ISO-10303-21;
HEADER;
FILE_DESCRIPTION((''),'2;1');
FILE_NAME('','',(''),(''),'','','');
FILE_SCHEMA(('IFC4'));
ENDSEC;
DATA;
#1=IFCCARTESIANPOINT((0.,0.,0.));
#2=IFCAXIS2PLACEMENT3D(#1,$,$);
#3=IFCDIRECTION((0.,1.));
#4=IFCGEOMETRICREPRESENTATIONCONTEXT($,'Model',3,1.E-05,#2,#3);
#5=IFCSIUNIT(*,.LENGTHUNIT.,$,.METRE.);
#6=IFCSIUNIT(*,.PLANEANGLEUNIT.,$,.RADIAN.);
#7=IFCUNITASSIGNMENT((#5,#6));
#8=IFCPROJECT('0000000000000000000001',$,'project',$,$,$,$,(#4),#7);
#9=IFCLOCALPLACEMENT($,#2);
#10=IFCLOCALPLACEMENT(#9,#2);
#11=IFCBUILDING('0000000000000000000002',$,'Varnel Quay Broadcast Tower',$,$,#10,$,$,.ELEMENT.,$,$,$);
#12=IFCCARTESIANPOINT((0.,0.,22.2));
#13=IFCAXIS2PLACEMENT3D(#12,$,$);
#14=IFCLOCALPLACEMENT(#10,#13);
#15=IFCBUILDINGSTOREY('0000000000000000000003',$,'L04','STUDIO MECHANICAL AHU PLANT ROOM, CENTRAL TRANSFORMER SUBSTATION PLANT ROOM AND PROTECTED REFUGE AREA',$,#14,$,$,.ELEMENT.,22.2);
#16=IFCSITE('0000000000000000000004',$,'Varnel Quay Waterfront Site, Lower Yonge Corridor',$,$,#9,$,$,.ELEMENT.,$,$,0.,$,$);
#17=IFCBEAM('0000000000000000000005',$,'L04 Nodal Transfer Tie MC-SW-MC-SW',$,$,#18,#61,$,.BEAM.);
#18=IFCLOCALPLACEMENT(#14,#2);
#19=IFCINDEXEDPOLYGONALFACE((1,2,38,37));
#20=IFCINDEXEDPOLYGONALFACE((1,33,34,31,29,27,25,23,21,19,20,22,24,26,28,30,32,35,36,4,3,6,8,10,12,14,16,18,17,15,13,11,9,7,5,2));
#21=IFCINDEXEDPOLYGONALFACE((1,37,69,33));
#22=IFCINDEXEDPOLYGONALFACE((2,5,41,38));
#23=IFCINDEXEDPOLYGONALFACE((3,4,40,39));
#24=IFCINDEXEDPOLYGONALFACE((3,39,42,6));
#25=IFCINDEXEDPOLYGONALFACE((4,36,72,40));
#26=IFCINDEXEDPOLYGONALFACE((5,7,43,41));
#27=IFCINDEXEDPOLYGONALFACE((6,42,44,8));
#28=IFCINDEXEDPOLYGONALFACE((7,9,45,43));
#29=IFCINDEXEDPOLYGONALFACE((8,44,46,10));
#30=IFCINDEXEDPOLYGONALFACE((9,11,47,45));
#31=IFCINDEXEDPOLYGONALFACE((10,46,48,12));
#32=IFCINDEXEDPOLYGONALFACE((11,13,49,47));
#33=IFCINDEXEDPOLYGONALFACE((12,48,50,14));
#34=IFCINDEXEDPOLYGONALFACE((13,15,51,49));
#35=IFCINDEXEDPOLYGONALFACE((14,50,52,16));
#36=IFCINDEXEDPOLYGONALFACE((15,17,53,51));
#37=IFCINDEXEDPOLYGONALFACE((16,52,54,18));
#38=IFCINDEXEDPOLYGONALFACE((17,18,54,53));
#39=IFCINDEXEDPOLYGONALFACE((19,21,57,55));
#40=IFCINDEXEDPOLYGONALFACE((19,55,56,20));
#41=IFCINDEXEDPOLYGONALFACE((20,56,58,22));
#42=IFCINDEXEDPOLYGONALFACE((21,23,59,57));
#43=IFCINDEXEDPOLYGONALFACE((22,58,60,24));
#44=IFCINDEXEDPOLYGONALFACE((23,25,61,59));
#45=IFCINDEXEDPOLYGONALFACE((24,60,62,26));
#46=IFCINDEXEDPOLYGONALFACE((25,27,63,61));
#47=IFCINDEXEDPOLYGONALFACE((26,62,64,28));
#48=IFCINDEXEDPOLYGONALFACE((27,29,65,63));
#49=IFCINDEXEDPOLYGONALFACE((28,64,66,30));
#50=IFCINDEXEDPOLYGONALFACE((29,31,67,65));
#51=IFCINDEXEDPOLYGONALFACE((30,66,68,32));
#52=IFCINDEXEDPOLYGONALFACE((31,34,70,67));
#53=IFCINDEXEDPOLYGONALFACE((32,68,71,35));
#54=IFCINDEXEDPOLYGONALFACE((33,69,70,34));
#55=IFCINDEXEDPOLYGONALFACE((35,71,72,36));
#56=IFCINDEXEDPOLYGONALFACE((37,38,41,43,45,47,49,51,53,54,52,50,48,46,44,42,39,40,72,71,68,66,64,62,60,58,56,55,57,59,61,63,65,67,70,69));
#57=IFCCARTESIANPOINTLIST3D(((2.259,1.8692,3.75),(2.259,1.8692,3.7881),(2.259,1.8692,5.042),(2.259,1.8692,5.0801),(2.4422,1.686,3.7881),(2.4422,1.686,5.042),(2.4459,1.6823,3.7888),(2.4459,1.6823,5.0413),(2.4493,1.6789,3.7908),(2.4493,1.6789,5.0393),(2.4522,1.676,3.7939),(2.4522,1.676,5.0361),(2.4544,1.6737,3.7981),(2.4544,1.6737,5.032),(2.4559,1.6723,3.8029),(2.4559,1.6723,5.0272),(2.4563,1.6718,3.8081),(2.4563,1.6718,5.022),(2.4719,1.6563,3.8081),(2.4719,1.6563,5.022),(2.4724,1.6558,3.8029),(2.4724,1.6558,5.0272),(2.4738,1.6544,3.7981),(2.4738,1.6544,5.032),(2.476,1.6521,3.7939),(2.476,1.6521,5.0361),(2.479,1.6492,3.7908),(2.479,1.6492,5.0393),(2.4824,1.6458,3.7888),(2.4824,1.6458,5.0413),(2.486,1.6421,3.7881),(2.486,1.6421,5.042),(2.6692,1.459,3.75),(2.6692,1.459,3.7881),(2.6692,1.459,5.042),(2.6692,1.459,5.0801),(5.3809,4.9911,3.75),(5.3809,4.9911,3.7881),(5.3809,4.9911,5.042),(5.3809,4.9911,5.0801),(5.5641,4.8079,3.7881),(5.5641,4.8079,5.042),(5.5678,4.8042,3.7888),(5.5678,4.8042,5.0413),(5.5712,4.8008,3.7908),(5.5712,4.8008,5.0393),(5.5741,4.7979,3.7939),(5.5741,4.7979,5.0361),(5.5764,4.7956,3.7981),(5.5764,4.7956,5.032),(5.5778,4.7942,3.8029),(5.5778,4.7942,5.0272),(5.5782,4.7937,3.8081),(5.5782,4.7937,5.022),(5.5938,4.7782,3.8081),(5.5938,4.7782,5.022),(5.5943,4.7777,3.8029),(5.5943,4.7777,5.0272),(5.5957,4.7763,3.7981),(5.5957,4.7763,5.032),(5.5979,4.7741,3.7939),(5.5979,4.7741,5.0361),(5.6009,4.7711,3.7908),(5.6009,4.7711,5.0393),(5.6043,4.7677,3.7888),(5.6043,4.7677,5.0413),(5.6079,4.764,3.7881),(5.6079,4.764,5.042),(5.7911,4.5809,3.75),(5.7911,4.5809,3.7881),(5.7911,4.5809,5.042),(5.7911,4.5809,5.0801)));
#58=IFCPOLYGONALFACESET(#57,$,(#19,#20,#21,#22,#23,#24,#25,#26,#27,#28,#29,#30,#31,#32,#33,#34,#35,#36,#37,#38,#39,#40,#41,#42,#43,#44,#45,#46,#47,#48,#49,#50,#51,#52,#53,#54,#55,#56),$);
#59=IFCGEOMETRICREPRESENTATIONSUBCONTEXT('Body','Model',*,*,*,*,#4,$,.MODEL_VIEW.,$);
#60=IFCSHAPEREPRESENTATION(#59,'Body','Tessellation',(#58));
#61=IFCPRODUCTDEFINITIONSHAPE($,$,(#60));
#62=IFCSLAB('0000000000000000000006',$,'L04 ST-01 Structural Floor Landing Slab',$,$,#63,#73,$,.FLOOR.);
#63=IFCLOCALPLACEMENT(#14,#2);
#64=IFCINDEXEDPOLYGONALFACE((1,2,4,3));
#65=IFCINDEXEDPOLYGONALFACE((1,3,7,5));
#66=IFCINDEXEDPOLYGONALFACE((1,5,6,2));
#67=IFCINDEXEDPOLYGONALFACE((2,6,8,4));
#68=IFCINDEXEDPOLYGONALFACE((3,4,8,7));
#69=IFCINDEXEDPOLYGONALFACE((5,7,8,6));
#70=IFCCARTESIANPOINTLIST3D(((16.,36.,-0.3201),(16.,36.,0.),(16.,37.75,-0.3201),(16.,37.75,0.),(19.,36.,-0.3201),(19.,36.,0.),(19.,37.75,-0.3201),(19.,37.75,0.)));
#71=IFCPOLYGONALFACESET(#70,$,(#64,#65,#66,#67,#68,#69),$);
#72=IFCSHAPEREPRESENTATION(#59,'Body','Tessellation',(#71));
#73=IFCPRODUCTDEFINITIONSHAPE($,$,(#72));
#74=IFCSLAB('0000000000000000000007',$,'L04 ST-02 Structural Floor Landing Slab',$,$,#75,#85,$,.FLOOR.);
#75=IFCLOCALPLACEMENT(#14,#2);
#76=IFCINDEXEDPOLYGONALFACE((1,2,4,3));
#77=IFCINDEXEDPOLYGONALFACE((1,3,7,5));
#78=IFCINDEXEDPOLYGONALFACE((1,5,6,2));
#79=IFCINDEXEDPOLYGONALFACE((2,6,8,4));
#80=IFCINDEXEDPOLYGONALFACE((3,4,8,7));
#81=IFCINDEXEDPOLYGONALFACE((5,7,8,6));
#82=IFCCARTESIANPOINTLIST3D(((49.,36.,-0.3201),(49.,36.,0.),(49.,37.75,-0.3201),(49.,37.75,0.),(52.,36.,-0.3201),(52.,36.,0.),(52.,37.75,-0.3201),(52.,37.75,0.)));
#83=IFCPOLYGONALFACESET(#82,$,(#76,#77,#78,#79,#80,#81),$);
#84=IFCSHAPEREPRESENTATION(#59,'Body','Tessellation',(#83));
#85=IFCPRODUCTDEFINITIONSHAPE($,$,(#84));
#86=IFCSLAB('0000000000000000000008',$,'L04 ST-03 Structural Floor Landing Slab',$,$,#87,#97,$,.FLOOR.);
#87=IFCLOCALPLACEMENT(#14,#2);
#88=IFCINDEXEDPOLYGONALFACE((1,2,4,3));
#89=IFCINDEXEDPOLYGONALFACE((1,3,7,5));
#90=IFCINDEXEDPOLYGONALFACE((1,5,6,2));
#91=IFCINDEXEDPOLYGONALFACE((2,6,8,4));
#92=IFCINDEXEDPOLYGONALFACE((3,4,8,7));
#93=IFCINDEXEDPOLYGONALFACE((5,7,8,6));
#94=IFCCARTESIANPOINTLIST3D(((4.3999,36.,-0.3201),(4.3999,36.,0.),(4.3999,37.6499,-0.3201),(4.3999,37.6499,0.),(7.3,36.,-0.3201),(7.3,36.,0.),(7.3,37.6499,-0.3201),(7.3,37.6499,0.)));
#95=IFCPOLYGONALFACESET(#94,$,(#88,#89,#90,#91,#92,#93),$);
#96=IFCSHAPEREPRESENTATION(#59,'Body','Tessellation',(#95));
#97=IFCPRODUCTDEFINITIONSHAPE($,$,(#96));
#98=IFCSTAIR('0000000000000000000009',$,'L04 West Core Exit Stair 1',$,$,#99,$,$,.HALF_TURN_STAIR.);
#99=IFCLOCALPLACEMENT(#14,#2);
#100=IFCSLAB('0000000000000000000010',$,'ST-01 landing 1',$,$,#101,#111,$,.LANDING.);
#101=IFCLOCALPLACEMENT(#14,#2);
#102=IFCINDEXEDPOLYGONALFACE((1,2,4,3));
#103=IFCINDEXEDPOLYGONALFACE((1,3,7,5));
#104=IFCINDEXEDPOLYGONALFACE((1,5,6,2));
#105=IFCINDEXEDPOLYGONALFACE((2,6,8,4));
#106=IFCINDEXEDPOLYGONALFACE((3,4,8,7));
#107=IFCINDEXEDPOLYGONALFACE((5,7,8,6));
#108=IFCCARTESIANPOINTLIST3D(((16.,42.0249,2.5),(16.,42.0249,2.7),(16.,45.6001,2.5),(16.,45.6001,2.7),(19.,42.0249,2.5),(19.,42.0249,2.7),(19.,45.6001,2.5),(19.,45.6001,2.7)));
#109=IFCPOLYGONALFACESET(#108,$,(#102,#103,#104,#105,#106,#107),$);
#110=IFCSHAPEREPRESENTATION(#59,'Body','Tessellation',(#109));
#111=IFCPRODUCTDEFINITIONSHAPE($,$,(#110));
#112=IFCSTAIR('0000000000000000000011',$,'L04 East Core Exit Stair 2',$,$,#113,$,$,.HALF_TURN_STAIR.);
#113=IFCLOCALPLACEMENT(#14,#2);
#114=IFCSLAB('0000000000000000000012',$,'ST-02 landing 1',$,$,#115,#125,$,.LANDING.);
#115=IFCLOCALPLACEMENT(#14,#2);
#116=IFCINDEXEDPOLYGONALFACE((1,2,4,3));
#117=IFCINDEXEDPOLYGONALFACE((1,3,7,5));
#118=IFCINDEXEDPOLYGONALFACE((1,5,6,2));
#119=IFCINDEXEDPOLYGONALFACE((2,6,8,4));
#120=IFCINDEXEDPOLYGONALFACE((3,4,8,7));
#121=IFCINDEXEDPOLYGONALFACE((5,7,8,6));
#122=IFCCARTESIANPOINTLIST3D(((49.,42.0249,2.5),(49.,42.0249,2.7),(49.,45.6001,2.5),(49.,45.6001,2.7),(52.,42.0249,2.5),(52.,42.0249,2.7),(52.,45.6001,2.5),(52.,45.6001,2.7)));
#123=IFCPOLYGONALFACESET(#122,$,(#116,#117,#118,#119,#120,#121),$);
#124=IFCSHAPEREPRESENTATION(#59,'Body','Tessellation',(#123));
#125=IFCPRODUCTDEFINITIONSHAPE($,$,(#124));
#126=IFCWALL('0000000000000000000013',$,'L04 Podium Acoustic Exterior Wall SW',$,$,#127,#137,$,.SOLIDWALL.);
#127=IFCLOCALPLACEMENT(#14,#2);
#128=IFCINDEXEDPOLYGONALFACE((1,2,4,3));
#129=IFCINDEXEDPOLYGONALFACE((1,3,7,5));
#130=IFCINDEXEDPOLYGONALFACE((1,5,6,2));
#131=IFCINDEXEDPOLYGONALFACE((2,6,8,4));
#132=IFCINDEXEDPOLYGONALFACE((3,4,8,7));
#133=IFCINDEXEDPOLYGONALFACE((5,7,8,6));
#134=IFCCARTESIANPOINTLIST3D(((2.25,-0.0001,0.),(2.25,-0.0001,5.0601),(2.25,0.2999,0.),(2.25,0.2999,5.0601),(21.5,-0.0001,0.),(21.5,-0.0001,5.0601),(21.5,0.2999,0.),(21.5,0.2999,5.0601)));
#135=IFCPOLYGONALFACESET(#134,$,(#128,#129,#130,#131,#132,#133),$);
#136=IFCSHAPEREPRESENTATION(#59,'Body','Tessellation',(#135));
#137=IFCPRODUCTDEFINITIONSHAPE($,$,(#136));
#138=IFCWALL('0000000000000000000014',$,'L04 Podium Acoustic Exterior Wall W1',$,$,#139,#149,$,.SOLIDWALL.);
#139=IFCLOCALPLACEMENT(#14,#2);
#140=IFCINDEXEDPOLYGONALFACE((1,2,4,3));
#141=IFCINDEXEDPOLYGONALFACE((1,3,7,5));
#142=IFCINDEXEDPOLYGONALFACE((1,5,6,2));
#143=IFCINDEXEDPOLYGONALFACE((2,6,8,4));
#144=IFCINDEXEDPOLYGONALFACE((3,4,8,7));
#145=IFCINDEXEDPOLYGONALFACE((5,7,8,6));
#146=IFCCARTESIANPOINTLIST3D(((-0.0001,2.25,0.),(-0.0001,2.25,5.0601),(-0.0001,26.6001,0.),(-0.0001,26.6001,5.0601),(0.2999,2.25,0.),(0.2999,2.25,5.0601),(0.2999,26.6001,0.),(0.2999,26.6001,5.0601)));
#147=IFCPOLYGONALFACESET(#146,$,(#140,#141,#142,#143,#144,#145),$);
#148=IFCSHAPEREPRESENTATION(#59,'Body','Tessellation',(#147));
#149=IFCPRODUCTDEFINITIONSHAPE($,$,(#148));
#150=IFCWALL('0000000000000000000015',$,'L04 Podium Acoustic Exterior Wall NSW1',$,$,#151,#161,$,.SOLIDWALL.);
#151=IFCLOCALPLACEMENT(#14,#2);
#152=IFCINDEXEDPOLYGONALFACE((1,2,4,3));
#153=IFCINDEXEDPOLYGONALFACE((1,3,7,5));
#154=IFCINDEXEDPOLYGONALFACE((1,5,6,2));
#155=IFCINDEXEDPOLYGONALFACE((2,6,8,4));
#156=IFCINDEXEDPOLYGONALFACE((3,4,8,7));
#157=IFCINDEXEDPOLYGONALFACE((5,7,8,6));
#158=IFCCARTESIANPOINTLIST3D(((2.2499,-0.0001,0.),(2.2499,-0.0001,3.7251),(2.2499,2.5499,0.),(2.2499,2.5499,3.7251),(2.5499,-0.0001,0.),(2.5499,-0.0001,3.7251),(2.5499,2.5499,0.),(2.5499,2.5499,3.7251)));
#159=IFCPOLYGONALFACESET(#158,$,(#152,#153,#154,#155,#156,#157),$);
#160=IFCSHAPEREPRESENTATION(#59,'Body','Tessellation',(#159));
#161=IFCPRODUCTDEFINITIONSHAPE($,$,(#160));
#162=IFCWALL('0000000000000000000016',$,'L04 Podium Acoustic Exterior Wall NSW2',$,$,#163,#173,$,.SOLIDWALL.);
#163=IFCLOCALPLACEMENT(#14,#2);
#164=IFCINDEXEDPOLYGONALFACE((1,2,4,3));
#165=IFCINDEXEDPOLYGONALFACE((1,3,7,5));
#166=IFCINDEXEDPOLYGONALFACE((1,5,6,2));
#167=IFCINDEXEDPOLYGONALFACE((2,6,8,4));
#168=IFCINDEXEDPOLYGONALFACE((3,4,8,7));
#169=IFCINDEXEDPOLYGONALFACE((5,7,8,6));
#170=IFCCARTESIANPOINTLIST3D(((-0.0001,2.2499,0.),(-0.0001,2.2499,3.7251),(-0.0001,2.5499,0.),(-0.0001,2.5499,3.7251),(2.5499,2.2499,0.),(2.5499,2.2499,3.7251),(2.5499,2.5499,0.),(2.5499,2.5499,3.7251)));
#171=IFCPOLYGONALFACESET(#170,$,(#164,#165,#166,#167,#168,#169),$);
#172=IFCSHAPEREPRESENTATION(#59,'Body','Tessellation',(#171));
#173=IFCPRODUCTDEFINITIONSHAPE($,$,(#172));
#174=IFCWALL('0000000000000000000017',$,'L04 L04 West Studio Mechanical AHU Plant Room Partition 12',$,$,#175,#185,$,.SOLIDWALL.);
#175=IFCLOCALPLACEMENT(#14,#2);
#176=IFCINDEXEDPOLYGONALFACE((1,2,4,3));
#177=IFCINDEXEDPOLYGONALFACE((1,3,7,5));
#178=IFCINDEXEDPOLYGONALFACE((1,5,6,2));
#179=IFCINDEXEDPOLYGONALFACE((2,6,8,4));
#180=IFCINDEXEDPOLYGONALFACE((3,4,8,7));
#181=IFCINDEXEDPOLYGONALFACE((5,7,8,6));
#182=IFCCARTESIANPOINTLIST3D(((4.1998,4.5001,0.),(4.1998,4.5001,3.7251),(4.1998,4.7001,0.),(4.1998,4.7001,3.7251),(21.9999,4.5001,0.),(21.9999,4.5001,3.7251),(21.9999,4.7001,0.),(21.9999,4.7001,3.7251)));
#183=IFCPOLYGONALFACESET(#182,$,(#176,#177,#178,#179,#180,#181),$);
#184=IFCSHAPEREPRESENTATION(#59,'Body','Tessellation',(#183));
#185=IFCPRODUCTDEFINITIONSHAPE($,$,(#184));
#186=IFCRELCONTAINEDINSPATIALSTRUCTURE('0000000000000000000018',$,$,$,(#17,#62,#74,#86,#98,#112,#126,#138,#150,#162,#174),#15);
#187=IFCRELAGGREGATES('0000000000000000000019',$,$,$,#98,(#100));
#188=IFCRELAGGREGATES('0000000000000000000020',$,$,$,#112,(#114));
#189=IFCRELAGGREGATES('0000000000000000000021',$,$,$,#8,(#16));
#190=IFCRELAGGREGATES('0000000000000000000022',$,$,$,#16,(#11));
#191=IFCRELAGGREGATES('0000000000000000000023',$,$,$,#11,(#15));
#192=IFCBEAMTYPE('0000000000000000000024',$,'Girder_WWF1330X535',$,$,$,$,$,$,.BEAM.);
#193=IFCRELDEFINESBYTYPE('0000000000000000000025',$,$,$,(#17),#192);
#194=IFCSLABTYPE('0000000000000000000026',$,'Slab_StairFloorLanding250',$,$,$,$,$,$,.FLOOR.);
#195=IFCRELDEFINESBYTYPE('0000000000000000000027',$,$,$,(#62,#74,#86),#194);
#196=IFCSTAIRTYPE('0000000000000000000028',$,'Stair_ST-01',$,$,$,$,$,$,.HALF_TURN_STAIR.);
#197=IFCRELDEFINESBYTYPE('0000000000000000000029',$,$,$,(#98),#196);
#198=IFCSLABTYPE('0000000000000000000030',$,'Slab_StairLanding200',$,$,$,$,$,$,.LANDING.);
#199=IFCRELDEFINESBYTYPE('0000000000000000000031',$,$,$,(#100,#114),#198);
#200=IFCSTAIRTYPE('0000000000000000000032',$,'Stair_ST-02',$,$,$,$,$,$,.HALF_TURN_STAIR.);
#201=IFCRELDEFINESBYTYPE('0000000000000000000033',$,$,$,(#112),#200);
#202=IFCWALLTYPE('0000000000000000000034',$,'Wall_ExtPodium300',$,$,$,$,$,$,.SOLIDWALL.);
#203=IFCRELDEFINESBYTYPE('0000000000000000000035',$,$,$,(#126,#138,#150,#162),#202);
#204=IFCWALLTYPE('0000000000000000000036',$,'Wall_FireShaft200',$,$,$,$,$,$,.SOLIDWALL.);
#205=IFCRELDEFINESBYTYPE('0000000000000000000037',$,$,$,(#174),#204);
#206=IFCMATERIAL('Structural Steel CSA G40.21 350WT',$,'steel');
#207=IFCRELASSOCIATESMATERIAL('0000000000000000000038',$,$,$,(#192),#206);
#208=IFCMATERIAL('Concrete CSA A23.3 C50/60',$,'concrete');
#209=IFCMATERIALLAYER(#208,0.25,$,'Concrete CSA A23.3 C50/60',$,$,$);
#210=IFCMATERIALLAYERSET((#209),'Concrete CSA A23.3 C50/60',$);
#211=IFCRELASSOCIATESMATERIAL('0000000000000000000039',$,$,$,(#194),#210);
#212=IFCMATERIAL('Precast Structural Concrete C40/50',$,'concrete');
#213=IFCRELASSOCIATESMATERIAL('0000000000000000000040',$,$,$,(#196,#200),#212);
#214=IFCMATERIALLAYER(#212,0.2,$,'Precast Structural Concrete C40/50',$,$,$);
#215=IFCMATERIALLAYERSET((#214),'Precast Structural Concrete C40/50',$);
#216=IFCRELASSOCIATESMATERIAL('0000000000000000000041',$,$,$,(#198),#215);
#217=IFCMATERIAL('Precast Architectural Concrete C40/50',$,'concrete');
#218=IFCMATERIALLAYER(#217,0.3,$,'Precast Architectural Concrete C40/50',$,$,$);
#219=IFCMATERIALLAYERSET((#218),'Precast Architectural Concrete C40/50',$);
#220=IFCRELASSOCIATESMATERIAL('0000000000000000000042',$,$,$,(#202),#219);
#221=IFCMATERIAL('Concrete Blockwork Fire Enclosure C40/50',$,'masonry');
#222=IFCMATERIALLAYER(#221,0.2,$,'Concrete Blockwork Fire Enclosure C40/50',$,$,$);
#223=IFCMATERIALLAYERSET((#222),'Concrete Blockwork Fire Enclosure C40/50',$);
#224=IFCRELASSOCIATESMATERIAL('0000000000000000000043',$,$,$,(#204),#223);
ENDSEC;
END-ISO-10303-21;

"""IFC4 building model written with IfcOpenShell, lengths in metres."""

from ifc_helpers import new_model, si_unit, direction, frame, frame_2d, origin, origin_2d, place, context, subcontext, project, spatial, polyline, rectangle, i_section, outline, extrude, source, transform, mapped, material, layer, layer_set, material_profile, profile_set, type_object, element, aggregate, save


model = new_model("IFC4")

# Units and contexts
model_context = context("Model", 3, precision=1e-05, world=origin(), true_north=direction((0.0, 1.0)))
body_context = subcontext(model_context, "Body", "Model", "MODEL_VIEW")
ifc_project = project(units=[si_unit("LENGTHUNIT", "METRE"), si_unit("PLANEANGLEUNIT", "RADIAN")], contexts=[model_context])

# Site, building, storey
site_placement = place(None, origin())
site = spatial("IfcSite", under=ifc_project, at=site_placement, Name="Varnel Quay Waterfront Site, Lower Yonge Corridor", CompositionType="ELEMENT", RefElevation=0.0)
building_placement = place(site_placement, origin())
building = spatial("IfcBuilding", under=site, at=building_placement, Name="Varnel Quay Broadcast Tower", CompositionType="ELEMENT")
storey_placement = place(building_placement, frame((0.0, 0.0, 22.2)))
storey = spatial("IfcBuildingStorey", under=building, at=storey_placement, Name="L04", Description="STUDIO MECHANICAL AHU PLANT ROOM, CENTRAL TRANSFORMER SUBSTATION PLANT ROOM AND PROTECTED REFUGE AREA", CompositionType="ELEMENT", Elevation=22.2)

# Shared definitions
ifc_material_1 = material(Name="Structural Steel CSA G40.21 350WT", Category="steel")

# Beam
ifc_material_profile_1 = material_profile(ifc_material_1, i_section(OverallWidth=0.5801, OverallDepth=1.3301, WebThickness=0.022, FlangeThickness=0.0381, FilletRadius=0.02, at=origin_2d()), Name="WWF1330X535")
ifc_profile_set_1 = profile_set([ifc_material_profile_1], Name="Structural Steel CSA G40.21 350WT")
beam_type = type_object("IfcBeamType", Name="Girder_WWF1330X535", PredefinedType="BEAM", material=ifc_profile_set_1)
shared_shape_1 = source(origin(), body_context, "Body", "SweptSolid", [
    extrude(i_section(OverallWidth=0.5801, OverallDepth=1.3301, WebThickness=0.022, FlangeThickness=0.0381, FilletRadius=0.02, at=origin_2d()), origin(), (0.0, 0.0, 1.0), 4.415),
])
beam_1_placement = place(storey_placement, frame((2.4641, 1.6641, 4.415), z_axis=(0.707107, 0.707107, 0.0), x_axis=(-0.707107, 0.707107, 0.0)))
element("IfcBeam", 1, at=beam_1_placement, inside=storey, type_object=beam_type, Name="L04 Nodal Transfer Tie MC-SW-MC-SW", PredefinedType="BEAM", context=body_context, shape_type="MappedRepresentation", body=[
    mapped(shared_shape_1, transform((0.0, 0.0, 0.0), x_axis=(1.0, 0.0, 0.0), y_axis=(0.0, 1.0, 0.0), z_axis=(0.0, 0.0, 1.0), scale=1.0)),
])

# Shared definitions
ifc_material_2 = material(Name="Concrete CSA A23.3 C50/60", Category="concrete")

# Slabs
ifc_layer_1 = layer(ifc_material_2, 0.25, Name="Concrete CSA A23.3 C50/60")
ifc_layer_set_1 = layer_set([ifc_layer_1], Name="Concrete CSA A23.3 C50/60")
slab_type_1 = type_object("IfcSlabType", Name="Slab_StairFloorLanding250", PredefinedType="FLOOR", material=ifc_layer_set_1)
slab_1_placement = place(storey_placement, frame((0.0, 0.0, -0.3201)))
element("IfcSlab", 2, at=slab_1_placement, inside=storey, type_object=slab_type_1, Name="L04 ST-01 Structural Floor Landing Slab", PredefinedType="FLOOR", context=body_context, shape_type="SweptSolid", body=[
    extrude(outline(polyline([(19.0, 36.0), (19.0, 37.75), (16.0, 37.75), (16.0, 36.0), (19.0, 36.0)])), origin(), (0.0, 0.0, 1.0), 0.3201),
])
slab_2_placement = place(storey_placement, frame((0.0, 0.0, -0.3201)))
element("IfcSlab", 3, at=slab_2_placement, inside=storey, type_object=slab_type_1, Name="L04 ST-02 Structural Floor Landing Slab", PredefinedType="FLOOR", context=body_context, shape_type="SweptSolid", body=[
    extrude(outline(polyline([(52.0, 36.0), (52.0, 37.75), (49.0, 37.75), (49.0, 36.0), (52.0, 36.0)])), origin(), (0.0, 0.0, 1.0), 0.3201),
])
slab_3_placement = place(storey_placement, frame((0.0, 0.0, -0.3201)))
element("IfcSlab", 4, at=slab_3_placement, inside=storey, type_object=slab_type_1, Name="L04 ST-03 Structural Floor Landing Slab", PredefinedType="FLOOR", context=body_context, shape_type="SweptSolid", body=[
    extrude(outline(polyline([(7.3, 36.0), (7.3, 37.6499), (4.3999, 37.6499), (4.3999, 36.0), (7.3, 36.0)])), origin(), (0.0, 0.0, 1.0), 0.3201),
])

# Stairs, slabs
ifc_material_3 = material(Name="Precast Structural Concrete C40/50", Category="concrete")
stair_type_1 = type_object("IfcStairType", Name="Stair_ST-01", PredefinedType="HALF_TURN_STAIR", material=ifc_material_3)
stair_1_placement = place(storey_placement, origin())
stair_1 = element("IfcStair", 5, at=stair_1_placement, inside=storey, type_object=stair_type_1, Name="L04 West Core Exit Stair 1", PredefinedType="HALF_TURN_STAIR")
ifc_layer_2 = layer(ifc_material_3, 0.2, Name="Precast Structural Concrete C40/50")
ifc_layer_set_2 = layer_set([ifc_layer_2], Name="Precast Structural Concrete C40/50")
slab_type_2 = type_object("IfcSlabType", Name="Slab_StairLanding200", PredefinedType="LANDING", material=ifc_layer_set_2)
slab_4_placement = place(storey_placement, frame((0.0, 0.0, 2.5)))
slab_4 = element("IfcSlab", 6, at=slab_4_placement, type_object=slab_type_2, Name="ST-01 landing 1", PredefinedType="LANDING", context=body_context, shape_type="SweptSolid", body=[
    extrude(outline(polyline([(19.0, 42.0249), (19.0, 45.6001), (16.0, 45.6001), (16.0, 42.0249), (19.0, 42.0249)])), origin(), (0.0, 0.0, 1.0), 0.2),
])
aggregate(stair_1, [slab_4])
stair_type_2 = type_object("IfcStairType", Name="Stair_ST-02", PredefinedType="HALF_TURN_STAIR", material=ifc_material_3)
stair_2_placement = place(storey_placement, origin())
stair_2 = element("IfcStair", 7, at=stair_2_placement, inside=storey, type_object=stair_type_2, Name="L04 East Core Exit Stair 2", PredefinedType="HALF_TURN_STAIR")
slab_5_placement = place(storey_placement, frame((0.0, 0.0, 2.5)))
slab_5 = element("IfcSlab", 8, at=slab_5_placement, type_object=slab_type_2, Name="ST-02 landing 1", PredefinedType="LANDING", context=body_context, shape_type="SweptSolid", body=[
    extrude(outline(polyline([(52.0, 42.0249), (52.0, 45.6001), (49.0, 45.6001), (49.0, 42.0249), (52.0, 42.0249)])), origin(), (0.0, 0.0, 1.0), 0.2),
])
aggregate(stair_2, [slab_5])

# Walls
ifc_material_4 = material(Name="Precast Architectural Concrete C40/50", Category="concrete")
ifc_layer_3 = layer(ifc_material_4, 0.3, Name="Precast Architectural Concrete C40/50")
ifc_layer_set_3 = layer_set([ifc_layer_3], Name="Precast Architectural Concrete C40/50")
wall_type_1 = type_object("IfcWallType", Name="Wall_ExtPodium300", PredefinedType="SOLIDWALL", material=ifc_layer_set_3)
wall_1_placement = place(storey_placement, frame((2.25, 0.1499, 0.0), z_axis=(0.0, 0.0, 1.0), x_axis=(1.0, 0.0, 0.0)))
element("IfcWall", 9, at=wall_1_placement, inside=storey, type_object=wall_type_1, Name="L04 Podium Acoustic Exterior Wall SW", PredefinedType="SOLIDWALL", context=body_context, shape_type="SweptSolid", body=[
    extrude(rectangle(XDim=19.25, YDim=0.3, at=frame_2d((9.625, 0.0))), origin(), (0.0, 0.0, 1.0), 5.0601),
])
wall_2_placement = place(storey_placement, frame((0.1499, 2.25, 0.0), z_axis=(0.0, 0.0, 1.0), x_axis=(0.0, 1.0, 0.0)))
element("IfcWall", 10, at=wall_2_placement, inside=storey, type_object=wall_type_1, Name="L04 Podium Acoustic Exterior Wall W1", PredefinedType="SOLIDWALL", context=body_context, shape_type="SweptSolid", body=[
    extrude(rectangle(XDim=24.3501, YDim=0.3, at=frame_2d((12.175, 0.0))), origin(), (0.0, 0.0, 1.0), 5.0601),
])
for number, where, z_axis, x_axis, name in (
    (11, (2.3999, 0.0, 0.0), (0.0, 0.0, 1.0), (0.0, 1.0, 0.0), "L04 Podium Acoustic Exterior Wall NSW1"),
    (12, (0.0, 2.3999, 0.0), (0.0, 0.0, 1.0), (1.0, 0.0, 0.0), "L04 Podium Acoustic Exterior Wall NSW2"),
):
    element("IfcWall", number, at=place(storey_placement, frame(where, z_axis=z_axis, x_axis=x_axis)), inside=storey, type_object=wall_type_1, Name=name, PredefinedType="SOLIDWALL", context=body_context, shape_type="SweptSolid", body=[
        extrude(rectangle(XDim=2.55, YDim=0.3, at=frame_2d((1.2749, 0.0))), origin(), (0.0, 0.0, 1.0), 3.7251),
    ])
ifc_material_5 = material(Name="Concrete Blockwork Fire Enclosure C40/50", Category="masonry")
ifc_layer_4 = layer(ifc_material_5, 0.2, Name="Concrete Blockwork Fire Enclosure C40/50")
ifc_layer_set_4 = layer_set([ifc_layer_4], Name="Concrete Blockwork Fire Enclosure C40/50")
wall_type_2 = type_object("IfcWallType", Name="Wall_FireShaft200", PredefinedType="SOLIDWALL", material=ifc_layer_set_4)
wall_3_placement = place(storey_placement, frame((4.2, 4.6001, 0.0), z_axis=(0.0, 0.0, 1.0), x_axis=(1.0, 0.0, 0.0)))
element("IfcWall", 13, at=wall_3_placement, inside=storey, type_object=wall_type_2, Name="L04 L04 West Studio Mechanical AHU Plant Room Partition 12", PredefinedType="SOLIDWALL", context=body_context, shape_type="SweptSolid", body=[
    extrude(rectangle(XDim=17.8, YDim=0.2, at=frame_2d((8.8999, 0.0))), origin(), (0.0, 0.0, 1.0), 3.7251),
])

save(model, "model.ifc")
